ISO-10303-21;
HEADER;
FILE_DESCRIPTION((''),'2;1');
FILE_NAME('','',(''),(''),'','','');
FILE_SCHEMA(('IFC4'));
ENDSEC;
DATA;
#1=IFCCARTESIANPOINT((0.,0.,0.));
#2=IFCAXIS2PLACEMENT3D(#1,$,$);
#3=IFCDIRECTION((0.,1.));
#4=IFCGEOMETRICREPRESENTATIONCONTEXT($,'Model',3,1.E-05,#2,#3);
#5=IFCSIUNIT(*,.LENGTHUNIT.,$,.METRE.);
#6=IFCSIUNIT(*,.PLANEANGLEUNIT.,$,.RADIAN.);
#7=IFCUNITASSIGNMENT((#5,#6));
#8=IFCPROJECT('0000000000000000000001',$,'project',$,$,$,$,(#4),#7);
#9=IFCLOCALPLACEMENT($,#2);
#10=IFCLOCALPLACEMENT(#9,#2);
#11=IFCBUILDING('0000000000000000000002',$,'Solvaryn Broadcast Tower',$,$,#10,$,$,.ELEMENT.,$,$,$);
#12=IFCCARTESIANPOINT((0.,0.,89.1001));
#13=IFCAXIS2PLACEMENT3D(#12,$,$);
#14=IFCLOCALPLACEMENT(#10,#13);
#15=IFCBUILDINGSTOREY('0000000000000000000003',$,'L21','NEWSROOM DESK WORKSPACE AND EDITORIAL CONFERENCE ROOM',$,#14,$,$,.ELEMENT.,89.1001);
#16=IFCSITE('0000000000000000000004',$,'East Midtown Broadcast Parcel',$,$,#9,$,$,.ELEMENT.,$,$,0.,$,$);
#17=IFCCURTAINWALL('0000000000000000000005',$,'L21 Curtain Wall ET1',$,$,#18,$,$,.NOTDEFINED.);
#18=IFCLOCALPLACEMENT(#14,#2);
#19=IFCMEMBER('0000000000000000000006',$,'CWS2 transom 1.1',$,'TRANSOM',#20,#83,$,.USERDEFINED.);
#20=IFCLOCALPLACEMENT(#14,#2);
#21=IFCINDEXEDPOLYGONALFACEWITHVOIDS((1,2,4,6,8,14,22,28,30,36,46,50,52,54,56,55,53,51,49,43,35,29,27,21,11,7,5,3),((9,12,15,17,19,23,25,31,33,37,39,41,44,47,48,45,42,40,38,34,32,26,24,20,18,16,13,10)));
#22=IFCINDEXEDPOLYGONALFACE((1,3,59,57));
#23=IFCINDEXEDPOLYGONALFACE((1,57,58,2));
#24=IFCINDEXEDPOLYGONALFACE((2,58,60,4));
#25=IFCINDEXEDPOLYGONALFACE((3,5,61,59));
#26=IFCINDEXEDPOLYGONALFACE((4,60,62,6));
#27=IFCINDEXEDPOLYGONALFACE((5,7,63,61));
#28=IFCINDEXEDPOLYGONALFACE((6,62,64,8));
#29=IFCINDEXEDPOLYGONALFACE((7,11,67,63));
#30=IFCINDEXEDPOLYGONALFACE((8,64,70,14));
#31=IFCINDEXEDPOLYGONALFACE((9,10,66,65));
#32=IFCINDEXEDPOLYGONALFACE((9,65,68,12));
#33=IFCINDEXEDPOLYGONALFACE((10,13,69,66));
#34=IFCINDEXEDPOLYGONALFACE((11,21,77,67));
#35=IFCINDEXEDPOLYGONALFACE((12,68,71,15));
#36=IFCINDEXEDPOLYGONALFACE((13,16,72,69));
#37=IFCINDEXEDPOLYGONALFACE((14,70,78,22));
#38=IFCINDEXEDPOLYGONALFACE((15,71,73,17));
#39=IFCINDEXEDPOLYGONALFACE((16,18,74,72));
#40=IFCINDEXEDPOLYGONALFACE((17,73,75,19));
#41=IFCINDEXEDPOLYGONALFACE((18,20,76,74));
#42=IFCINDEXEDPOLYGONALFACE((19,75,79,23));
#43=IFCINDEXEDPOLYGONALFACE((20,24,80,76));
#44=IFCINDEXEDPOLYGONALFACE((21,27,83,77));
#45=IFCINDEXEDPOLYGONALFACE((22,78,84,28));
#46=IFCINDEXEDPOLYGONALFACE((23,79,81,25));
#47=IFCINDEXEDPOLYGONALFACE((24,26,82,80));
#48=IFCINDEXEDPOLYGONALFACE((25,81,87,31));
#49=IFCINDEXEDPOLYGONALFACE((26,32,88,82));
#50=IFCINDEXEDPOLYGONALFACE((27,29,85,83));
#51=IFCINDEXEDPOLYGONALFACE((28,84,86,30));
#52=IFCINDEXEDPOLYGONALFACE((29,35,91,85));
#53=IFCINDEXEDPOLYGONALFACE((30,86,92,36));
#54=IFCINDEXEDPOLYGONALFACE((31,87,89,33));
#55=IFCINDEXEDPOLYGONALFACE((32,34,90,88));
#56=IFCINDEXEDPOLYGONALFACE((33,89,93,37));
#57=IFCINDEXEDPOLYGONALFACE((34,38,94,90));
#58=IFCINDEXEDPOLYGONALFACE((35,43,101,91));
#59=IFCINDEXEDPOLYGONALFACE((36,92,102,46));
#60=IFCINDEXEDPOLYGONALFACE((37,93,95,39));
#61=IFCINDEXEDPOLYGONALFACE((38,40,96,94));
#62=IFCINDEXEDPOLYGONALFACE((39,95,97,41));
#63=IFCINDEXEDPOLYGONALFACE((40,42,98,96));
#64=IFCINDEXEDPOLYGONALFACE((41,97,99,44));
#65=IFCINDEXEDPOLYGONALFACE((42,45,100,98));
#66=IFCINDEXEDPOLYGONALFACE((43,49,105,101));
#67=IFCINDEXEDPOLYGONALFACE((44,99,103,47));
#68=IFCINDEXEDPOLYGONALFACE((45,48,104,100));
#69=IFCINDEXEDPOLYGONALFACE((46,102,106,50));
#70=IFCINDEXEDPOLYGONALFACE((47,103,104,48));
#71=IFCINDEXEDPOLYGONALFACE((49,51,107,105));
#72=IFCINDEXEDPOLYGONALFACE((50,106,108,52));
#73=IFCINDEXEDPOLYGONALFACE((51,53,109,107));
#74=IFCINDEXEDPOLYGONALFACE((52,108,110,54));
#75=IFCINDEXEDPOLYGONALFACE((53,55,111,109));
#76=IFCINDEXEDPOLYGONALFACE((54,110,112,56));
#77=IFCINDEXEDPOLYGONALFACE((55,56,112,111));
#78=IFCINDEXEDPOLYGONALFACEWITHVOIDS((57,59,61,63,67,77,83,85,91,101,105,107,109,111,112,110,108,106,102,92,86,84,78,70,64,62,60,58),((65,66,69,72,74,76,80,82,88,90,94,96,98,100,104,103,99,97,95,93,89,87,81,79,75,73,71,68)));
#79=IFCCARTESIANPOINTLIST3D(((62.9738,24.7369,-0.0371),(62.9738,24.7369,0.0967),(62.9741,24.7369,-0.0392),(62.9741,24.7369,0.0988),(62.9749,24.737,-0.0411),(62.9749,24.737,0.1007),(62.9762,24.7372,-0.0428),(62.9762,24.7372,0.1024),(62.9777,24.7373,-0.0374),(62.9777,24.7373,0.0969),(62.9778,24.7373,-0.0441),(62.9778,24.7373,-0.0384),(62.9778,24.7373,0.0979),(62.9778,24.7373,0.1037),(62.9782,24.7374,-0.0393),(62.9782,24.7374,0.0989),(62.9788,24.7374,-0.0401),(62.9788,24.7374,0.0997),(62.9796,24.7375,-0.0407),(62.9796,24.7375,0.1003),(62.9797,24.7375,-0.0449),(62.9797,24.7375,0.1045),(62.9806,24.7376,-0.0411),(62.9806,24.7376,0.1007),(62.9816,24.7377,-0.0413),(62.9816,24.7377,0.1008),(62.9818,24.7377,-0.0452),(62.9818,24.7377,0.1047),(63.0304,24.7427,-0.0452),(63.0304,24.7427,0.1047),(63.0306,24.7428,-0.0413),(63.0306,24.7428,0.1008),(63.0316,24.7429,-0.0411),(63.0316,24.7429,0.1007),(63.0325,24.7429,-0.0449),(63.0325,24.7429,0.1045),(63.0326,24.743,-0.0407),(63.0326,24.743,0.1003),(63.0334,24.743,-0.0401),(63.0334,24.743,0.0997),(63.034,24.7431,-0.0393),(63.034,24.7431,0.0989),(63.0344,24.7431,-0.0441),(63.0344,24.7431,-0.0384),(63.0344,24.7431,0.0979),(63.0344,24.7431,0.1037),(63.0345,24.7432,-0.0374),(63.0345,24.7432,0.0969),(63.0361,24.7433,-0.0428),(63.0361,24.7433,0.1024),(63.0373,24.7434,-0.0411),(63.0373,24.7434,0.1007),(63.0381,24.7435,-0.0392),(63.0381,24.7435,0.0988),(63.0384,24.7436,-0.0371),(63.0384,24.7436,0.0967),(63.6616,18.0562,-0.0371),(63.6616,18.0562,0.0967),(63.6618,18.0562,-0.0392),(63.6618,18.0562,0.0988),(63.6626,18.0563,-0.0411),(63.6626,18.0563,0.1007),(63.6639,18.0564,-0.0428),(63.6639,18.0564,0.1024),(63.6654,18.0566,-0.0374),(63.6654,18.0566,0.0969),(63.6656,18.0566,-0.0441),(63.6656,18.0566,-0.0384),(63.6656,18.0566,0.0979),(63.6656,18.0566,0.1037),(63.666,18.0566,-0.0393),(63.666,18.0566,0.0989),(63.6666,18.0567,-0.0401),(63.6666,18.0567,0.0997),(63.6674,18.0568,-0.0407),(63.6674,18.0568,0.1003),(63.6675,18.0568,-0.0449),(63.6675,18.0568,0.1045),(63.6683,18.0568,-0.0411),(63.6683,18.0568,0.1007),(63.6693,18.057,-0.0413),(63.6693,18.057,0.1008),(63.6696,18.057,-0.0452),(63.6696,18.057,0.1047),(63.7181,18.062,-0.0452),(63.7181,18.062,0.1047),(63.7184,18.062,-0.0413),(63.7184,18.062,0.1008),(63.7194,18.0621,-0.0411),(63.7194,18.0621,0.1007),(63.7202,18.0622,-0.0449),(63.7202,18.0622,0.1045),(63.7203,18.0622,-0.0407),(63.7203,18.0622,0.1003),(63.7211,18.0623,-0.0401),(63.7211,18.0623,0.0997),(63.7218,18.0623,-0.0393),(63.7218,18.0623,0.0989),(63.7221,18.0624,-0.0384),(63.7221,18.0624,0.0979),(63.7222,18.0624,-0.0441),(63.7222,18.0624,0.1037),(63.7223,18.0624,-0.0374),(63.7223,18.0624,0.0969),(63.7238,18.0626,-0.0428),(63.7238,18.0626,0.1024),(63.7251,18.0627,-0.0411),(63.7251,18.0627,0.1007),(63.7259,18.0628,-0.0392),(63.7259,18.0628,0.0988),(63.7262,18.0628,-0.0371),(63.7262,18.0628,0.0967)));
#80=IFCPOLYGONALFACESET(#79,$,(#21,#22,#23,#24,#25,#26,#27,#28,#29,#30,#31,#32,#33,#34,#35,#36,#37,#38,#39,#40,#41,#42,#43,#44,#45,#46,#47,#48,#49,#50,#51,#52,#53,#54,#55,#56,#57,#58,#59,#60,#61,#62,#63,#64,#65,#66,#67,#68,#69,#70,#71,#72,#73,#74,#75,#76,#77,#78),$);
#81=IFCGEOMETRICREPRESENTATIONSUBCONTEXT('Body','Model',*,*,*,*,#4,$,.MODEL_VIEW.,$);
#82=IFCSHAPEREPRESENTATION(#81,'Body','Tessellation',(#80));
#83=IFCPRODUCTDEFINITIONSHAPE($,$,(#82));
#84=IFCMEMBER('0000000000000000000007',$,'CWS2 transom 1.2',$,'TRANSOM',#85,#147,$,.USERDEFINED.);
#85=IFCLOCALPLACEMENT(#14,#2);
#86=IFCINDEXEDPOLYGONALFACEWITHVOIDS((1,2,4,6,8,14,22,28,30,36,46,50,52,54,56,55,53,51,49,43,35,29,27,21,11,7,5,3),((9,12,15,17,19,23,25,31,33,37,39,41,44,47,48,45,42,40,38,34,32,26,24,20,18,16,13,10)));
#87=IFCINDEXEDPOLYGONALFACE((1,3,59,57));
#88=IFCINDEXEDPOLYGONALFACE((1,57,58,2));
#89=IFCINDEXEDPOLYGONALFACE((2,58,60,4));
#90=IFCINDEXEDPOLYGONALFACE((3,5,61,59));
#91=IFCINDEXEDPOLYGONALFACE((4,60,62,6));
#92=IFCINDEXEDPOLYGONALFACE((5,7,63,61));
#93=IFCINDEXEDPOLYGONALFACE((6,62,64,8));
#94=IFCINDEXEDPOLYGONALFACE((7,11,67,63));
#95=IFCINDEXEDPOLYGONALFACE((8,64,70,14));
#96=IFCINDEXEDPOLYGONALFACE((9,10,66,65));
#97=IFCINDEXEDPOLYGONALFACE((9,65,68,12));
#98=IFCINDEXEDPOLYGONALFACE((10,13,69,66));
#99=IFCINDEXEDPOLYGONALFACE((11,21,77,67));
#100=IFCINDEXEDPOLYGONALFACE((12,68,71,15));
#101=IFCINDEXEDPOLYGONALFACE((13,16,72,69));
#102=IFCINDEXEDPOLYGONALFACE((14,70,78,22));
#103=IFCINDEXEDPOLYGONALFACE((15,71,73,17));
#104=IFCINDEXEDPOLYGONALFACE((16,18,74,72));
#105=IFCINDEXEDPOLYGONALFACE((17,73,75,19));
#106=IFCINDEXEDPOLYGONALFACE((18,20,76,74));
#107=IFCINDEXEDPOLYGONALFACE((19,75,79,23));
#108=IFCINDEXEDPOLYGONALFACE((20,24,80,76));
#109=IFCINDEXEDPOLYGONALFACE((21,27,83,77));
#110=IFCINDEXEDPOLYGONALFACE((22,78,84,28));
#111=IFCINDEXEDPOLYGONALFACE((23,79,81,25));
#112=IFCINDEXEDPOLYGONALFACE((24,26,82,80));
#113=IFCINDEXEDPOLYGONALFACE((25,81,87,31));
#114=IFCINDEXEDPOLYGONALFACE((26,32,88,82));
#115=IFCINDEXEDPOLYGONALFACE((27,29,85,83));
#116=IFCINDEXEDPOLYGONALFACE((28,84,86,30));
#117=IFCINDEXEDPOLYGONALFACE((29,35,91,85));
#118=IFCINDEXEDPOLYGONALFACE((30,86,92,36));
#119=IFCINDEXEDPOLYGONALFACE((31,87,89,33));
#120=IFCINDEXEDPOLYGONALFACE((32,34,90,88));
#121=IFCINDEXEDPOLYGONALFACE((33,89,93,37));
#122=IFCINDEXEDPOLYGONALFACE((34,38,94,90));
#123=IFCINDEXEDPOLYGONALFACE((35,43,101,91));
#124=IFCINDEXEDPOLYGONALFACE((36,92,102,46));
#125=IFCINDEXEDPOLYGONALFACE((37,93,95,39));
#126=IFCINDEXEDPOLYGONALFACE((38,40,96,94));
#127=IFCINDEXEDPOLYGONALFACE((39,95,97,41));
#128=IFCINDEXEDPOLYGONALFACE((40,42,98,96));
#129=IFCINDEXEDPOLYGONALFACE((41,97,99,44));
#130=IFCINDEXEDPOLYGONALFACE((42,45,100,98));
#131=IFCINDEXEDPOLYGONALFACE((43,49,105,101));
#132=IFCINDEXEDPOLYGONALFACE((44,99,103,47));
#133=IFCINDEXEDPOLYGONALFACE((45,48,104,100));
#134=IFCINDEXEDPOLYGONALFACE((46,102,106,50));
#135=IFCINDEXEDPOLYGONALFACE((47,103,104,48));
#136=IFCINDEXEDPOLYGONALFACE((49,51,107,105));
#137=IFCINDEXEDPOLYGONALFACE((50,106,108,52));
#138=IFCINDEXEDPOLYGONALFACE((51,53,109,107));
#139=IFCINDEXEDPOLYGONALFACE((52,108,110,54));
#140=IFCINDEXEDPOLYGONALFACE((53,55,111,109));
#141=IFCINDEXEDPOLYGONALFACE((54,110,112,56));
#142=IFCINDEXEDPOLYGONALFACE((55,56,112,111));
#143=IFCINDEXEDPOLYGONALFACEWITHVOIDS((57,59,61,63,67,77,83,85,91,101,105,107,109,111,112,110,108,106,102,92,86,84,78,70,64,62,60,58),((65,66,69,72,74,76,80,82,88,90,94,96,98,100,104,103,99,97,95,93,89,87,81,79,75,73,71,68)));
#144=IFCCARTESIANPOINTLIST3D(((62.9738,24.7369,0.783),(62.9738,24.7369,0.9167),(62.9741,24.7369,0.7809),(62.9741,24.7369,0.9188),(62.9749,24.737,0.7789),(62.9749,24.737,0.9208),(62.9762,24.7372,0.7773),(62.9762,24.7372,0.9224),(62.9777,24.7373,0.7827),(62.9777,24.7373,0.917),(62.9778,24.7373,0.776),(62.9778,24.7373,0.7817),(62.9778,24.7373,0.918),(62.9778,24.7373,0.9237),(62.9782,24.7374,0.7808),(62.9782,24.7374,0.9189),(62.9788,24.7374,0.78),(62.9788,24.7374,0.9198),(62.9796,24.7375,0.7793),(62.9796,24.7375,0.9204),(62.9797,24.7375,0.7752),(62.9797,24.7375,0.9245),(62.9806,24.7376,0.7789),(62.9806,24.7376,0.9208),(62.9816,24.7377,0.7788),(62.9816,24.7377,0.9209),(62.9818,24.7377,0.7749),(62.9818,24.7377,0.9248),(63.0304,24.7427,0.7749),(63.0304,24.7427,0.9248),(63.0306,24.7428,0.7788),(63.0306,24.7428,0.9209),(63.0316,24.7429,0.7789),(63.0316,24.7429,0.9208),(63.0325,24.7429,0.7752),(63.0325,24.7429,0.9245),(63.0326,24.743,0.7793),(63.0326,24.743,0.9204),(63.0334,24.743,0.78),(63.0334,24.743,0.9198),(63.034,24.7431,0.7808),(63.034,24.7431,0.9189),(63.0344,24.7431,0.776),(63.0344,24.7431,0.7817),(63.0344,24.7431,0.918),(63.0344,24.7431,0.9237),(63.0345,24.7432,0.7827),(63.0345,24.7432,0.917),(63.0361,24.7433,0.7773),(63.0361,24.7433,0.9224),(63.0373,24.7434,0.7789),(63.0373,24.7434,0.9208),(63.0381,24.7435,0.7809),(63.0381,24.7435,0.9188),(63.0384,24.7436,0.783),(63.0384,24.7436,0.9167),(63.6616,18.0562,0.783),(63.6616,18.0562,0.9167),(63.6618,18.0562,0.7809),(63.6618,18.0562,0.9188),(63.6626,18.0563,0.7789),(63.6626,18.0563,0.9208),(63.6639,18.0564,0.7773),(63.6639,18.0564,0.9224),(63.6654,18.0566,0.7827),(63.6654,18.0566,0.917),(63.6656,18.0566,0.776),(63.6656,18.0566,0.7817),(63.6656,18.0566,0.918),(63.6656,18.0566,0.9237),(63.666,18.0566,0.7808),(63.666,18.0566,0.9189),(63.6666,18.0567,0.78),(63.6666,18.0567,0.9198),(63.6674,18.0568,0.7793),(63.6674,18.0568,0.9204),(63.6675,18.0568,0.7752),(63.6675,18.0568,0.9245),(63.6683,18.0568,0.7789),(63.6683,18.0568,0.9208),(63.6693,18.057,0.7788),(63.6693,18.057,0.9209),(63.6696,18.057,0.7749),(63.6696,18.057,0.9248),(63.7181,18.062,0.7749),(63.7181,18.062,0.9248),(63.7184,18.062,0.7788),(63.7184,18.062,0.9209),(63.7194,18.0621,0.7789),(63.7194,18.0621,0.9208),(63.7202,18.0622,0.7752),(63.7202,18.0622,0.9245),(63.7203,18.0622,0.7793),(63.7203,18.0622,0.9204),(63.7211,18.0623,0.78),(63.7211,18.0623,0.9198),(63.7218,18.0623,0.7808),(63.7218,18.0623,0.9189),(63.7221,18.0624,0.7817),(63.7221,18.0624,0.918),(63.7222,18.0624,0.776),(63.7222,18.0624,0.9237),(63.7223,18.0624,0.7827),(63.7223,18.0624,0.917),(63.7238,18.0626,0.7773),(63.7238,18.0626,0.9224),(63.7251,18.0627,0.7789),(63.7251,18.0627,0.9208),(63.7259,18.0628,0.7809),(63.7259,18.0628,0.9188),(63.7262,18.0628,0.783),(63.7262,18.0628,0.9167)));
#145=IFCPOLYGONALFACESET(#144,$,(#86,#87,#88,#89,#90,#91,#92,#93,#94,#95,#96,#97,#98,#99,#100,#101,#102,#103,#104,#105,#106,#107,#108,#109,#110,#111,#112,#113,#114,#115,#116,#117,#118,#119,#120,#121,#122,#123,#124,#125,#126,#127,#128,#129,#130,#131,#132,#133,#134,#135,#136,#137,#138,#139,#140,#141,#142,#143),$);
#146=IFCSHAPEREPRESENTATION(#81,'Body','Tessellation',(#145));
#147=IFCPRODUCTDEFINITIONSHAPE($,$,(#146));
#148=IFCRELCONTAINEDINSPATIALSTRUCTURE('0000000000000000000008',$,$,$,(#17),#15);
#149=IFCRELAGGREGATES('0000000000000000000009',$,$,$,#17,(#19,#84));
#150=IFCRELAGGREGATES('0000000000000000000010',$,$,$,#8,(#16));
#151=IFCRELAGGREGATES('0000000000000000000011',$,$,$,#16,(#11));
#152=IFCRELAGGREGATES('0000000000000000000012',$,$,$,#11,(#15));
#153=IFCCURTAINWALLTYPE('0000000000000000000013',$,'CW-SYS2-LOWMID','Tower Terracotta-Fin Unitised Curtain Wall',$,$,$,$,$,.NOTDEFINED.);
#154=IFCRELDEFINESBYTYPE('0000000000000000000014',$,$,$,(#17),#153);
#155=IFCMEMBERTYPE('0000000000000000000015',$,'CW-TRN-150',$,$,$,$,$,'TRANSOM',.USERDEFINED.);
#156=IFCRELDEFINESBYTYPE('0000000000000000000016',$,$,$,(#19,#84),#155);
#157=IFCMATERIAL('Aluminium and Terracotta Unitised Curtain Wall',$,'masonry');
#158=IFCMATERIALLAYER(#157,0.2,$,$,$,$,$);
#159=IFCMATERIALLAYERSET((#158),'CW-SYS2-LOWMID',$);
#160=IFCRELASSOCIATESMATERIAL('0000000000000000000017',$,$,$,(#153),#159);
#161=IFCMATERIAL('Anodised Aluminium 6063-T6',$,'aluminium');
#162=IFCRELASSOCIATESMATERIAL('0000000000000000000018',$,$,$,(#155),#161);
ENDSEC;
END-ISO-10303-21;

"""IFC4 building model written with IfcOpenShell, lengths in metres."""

from ifc_helpers import new_model, si_unit, direction, frame, origin, origin_2d, place, context, subcontext, project, spatial, hollow_rectangle, extrude, material, layer, layer_set, material_profile, profile_set, type_object, element, aggregate, save


model = new_model("IFC4")

# Units and contexts
model_context = context("Model", 3, precision=1e-05, world=origin(), true_north=direction((0.0, 1.0)))
body_context = subcontext(model_context, "Body", "Model", "MODEL_VIEW")
ifc_project = project(units=[si_unit("LENGTHUNIT", "METRE"), si_unit("PLANEANGLEUNIT", "RADIAN")], contexts=[model_context])

# Site, building, storey
site_placement = place(None, origin())
site = spatial("IfcSite", under=ifc_project, at=site_placement, Name="East Midtown Broadcast Parcel", CompositionType="ELEMENT", RefElevation=0.0)
building_placement = place(site_placement, origin())
building = spatial("IfcBuilding", under=site, at=building_placement, Name="Solvaryn Broadcast Tower", CompositionType="ELEMENT")
storey_placement = place(building_placement, frame((0.0, 0.0, 89.1001)))
storey = spatial("IfcBuildingStorey", under=building, at=storey_placement, Name="L21", Description="NEWSROOM DESK WORKSPACE AND EDITORIAL CONFERENCE ROOM", CompositionType="ELEMENT", Elevation=89.1001)

# Curtain wall
ifc_material_1 = material(Name="Aluminium and Terracotta Unitised Curtain Wall", Category="masonry")
ifc_layer_1 = layer(ifc_material_1, 0.2)
ifc_layer_set_1 = layer_set([ifc_layer_1], Name="CW-SYS2-LOWMID")
curtain_wall_type = type_object("IfcCurtainWallType", Name="CW-SYS2-LOWMID", Description="Tower Terracotta-Fin Unitised Curtain Wall", PredefinedType="NOTDEFINED", material=ifc_layer_set_1)
curtain_wall_1_placement = place(storey_placement, origin())
curtain_wall_1 = element("IfcCurtainWall", 1, at=curtain_wall_1_placement, inside=storey, type_object=curtain_wall_type, Name="L21 Curtain Wall ET1", PredefinedType="NOTDEFINED")

# Members
ifc_material_2 = material(Name="Anodised Aluminium 6063-T6", Category="aluminium")
ifc_material_profile_1 = material_profile(ifc_material_2, hollow_rectangle(XDim=0.0649, YDim=0.1499, WallThickness=0.0039, InnerFilletRadius=0.0039, OuterFilletRadius=0.0081, at=origin_2d()))
ifc_profile_set_1 = profile_set([ifc_material_profile_1], Name="Anodised Aluminium 6063-T6")
member_type_1 = type_object("IfcMemberType", Name="CW-TRN-150", ElementType="TRANSOM", PredefinedType="USERDEFINED", material=ifc_profile_set_1)
member_1_placement = place(storey_placement, frame((63.0061, 24.7402, 0.0298), z_axis=(0.102404, -0.994743, 0.0), x_axis=(0.994743, 0.102404, 0.0)))
member_1 = element("IfcMember", 2, at=member_1_placement, type_object=member_type_1, Name="CWS2 transom 1.1", ObjectType="TRANSOM", PredefinedType="USERDEFINED", context=body_context, shape_type="SweptSolid", body=[
    extrude(hollow_rectangle(XDim=0.0649, YDim=0.1499, WallThickness=0.0039, InnerFilletRadius=0.0039, OuterFilletRadius=0.0081, at=origin_2d()), origin(), (0.0, 0.0, 1.0), 6.7161),
])
member_2_placement = place(storey_placement, frame((63.0061, 24.7402, 0.8499), z_axis=(0.102404, -0.994743, 0.0), x_axis=(0.994743, 0.102404, 0.0)))
member_2 = element("IfcMember", 3, at=member_2_placement, type_object=member_type_1, Name="CWS2 transom 1.2", ObjectType="TRANSOM", PredefinedType="USERDEFINED", context=body_context, shape_type="SweptSolid", body=[
    extrude(hollow_rectangle(XDim=0.0649, YDim=0.1499, WallThickness=0.0039, InnerFilletRadius=0.0039, OuterFilletRadius=0.0081, at=origin_2d()), origin(), (0.0, 0.0, 1.0), 6.7161),
])

aggregate(curtain_wall_1, [member_1, member_2])

save(model, "model.ifc")
